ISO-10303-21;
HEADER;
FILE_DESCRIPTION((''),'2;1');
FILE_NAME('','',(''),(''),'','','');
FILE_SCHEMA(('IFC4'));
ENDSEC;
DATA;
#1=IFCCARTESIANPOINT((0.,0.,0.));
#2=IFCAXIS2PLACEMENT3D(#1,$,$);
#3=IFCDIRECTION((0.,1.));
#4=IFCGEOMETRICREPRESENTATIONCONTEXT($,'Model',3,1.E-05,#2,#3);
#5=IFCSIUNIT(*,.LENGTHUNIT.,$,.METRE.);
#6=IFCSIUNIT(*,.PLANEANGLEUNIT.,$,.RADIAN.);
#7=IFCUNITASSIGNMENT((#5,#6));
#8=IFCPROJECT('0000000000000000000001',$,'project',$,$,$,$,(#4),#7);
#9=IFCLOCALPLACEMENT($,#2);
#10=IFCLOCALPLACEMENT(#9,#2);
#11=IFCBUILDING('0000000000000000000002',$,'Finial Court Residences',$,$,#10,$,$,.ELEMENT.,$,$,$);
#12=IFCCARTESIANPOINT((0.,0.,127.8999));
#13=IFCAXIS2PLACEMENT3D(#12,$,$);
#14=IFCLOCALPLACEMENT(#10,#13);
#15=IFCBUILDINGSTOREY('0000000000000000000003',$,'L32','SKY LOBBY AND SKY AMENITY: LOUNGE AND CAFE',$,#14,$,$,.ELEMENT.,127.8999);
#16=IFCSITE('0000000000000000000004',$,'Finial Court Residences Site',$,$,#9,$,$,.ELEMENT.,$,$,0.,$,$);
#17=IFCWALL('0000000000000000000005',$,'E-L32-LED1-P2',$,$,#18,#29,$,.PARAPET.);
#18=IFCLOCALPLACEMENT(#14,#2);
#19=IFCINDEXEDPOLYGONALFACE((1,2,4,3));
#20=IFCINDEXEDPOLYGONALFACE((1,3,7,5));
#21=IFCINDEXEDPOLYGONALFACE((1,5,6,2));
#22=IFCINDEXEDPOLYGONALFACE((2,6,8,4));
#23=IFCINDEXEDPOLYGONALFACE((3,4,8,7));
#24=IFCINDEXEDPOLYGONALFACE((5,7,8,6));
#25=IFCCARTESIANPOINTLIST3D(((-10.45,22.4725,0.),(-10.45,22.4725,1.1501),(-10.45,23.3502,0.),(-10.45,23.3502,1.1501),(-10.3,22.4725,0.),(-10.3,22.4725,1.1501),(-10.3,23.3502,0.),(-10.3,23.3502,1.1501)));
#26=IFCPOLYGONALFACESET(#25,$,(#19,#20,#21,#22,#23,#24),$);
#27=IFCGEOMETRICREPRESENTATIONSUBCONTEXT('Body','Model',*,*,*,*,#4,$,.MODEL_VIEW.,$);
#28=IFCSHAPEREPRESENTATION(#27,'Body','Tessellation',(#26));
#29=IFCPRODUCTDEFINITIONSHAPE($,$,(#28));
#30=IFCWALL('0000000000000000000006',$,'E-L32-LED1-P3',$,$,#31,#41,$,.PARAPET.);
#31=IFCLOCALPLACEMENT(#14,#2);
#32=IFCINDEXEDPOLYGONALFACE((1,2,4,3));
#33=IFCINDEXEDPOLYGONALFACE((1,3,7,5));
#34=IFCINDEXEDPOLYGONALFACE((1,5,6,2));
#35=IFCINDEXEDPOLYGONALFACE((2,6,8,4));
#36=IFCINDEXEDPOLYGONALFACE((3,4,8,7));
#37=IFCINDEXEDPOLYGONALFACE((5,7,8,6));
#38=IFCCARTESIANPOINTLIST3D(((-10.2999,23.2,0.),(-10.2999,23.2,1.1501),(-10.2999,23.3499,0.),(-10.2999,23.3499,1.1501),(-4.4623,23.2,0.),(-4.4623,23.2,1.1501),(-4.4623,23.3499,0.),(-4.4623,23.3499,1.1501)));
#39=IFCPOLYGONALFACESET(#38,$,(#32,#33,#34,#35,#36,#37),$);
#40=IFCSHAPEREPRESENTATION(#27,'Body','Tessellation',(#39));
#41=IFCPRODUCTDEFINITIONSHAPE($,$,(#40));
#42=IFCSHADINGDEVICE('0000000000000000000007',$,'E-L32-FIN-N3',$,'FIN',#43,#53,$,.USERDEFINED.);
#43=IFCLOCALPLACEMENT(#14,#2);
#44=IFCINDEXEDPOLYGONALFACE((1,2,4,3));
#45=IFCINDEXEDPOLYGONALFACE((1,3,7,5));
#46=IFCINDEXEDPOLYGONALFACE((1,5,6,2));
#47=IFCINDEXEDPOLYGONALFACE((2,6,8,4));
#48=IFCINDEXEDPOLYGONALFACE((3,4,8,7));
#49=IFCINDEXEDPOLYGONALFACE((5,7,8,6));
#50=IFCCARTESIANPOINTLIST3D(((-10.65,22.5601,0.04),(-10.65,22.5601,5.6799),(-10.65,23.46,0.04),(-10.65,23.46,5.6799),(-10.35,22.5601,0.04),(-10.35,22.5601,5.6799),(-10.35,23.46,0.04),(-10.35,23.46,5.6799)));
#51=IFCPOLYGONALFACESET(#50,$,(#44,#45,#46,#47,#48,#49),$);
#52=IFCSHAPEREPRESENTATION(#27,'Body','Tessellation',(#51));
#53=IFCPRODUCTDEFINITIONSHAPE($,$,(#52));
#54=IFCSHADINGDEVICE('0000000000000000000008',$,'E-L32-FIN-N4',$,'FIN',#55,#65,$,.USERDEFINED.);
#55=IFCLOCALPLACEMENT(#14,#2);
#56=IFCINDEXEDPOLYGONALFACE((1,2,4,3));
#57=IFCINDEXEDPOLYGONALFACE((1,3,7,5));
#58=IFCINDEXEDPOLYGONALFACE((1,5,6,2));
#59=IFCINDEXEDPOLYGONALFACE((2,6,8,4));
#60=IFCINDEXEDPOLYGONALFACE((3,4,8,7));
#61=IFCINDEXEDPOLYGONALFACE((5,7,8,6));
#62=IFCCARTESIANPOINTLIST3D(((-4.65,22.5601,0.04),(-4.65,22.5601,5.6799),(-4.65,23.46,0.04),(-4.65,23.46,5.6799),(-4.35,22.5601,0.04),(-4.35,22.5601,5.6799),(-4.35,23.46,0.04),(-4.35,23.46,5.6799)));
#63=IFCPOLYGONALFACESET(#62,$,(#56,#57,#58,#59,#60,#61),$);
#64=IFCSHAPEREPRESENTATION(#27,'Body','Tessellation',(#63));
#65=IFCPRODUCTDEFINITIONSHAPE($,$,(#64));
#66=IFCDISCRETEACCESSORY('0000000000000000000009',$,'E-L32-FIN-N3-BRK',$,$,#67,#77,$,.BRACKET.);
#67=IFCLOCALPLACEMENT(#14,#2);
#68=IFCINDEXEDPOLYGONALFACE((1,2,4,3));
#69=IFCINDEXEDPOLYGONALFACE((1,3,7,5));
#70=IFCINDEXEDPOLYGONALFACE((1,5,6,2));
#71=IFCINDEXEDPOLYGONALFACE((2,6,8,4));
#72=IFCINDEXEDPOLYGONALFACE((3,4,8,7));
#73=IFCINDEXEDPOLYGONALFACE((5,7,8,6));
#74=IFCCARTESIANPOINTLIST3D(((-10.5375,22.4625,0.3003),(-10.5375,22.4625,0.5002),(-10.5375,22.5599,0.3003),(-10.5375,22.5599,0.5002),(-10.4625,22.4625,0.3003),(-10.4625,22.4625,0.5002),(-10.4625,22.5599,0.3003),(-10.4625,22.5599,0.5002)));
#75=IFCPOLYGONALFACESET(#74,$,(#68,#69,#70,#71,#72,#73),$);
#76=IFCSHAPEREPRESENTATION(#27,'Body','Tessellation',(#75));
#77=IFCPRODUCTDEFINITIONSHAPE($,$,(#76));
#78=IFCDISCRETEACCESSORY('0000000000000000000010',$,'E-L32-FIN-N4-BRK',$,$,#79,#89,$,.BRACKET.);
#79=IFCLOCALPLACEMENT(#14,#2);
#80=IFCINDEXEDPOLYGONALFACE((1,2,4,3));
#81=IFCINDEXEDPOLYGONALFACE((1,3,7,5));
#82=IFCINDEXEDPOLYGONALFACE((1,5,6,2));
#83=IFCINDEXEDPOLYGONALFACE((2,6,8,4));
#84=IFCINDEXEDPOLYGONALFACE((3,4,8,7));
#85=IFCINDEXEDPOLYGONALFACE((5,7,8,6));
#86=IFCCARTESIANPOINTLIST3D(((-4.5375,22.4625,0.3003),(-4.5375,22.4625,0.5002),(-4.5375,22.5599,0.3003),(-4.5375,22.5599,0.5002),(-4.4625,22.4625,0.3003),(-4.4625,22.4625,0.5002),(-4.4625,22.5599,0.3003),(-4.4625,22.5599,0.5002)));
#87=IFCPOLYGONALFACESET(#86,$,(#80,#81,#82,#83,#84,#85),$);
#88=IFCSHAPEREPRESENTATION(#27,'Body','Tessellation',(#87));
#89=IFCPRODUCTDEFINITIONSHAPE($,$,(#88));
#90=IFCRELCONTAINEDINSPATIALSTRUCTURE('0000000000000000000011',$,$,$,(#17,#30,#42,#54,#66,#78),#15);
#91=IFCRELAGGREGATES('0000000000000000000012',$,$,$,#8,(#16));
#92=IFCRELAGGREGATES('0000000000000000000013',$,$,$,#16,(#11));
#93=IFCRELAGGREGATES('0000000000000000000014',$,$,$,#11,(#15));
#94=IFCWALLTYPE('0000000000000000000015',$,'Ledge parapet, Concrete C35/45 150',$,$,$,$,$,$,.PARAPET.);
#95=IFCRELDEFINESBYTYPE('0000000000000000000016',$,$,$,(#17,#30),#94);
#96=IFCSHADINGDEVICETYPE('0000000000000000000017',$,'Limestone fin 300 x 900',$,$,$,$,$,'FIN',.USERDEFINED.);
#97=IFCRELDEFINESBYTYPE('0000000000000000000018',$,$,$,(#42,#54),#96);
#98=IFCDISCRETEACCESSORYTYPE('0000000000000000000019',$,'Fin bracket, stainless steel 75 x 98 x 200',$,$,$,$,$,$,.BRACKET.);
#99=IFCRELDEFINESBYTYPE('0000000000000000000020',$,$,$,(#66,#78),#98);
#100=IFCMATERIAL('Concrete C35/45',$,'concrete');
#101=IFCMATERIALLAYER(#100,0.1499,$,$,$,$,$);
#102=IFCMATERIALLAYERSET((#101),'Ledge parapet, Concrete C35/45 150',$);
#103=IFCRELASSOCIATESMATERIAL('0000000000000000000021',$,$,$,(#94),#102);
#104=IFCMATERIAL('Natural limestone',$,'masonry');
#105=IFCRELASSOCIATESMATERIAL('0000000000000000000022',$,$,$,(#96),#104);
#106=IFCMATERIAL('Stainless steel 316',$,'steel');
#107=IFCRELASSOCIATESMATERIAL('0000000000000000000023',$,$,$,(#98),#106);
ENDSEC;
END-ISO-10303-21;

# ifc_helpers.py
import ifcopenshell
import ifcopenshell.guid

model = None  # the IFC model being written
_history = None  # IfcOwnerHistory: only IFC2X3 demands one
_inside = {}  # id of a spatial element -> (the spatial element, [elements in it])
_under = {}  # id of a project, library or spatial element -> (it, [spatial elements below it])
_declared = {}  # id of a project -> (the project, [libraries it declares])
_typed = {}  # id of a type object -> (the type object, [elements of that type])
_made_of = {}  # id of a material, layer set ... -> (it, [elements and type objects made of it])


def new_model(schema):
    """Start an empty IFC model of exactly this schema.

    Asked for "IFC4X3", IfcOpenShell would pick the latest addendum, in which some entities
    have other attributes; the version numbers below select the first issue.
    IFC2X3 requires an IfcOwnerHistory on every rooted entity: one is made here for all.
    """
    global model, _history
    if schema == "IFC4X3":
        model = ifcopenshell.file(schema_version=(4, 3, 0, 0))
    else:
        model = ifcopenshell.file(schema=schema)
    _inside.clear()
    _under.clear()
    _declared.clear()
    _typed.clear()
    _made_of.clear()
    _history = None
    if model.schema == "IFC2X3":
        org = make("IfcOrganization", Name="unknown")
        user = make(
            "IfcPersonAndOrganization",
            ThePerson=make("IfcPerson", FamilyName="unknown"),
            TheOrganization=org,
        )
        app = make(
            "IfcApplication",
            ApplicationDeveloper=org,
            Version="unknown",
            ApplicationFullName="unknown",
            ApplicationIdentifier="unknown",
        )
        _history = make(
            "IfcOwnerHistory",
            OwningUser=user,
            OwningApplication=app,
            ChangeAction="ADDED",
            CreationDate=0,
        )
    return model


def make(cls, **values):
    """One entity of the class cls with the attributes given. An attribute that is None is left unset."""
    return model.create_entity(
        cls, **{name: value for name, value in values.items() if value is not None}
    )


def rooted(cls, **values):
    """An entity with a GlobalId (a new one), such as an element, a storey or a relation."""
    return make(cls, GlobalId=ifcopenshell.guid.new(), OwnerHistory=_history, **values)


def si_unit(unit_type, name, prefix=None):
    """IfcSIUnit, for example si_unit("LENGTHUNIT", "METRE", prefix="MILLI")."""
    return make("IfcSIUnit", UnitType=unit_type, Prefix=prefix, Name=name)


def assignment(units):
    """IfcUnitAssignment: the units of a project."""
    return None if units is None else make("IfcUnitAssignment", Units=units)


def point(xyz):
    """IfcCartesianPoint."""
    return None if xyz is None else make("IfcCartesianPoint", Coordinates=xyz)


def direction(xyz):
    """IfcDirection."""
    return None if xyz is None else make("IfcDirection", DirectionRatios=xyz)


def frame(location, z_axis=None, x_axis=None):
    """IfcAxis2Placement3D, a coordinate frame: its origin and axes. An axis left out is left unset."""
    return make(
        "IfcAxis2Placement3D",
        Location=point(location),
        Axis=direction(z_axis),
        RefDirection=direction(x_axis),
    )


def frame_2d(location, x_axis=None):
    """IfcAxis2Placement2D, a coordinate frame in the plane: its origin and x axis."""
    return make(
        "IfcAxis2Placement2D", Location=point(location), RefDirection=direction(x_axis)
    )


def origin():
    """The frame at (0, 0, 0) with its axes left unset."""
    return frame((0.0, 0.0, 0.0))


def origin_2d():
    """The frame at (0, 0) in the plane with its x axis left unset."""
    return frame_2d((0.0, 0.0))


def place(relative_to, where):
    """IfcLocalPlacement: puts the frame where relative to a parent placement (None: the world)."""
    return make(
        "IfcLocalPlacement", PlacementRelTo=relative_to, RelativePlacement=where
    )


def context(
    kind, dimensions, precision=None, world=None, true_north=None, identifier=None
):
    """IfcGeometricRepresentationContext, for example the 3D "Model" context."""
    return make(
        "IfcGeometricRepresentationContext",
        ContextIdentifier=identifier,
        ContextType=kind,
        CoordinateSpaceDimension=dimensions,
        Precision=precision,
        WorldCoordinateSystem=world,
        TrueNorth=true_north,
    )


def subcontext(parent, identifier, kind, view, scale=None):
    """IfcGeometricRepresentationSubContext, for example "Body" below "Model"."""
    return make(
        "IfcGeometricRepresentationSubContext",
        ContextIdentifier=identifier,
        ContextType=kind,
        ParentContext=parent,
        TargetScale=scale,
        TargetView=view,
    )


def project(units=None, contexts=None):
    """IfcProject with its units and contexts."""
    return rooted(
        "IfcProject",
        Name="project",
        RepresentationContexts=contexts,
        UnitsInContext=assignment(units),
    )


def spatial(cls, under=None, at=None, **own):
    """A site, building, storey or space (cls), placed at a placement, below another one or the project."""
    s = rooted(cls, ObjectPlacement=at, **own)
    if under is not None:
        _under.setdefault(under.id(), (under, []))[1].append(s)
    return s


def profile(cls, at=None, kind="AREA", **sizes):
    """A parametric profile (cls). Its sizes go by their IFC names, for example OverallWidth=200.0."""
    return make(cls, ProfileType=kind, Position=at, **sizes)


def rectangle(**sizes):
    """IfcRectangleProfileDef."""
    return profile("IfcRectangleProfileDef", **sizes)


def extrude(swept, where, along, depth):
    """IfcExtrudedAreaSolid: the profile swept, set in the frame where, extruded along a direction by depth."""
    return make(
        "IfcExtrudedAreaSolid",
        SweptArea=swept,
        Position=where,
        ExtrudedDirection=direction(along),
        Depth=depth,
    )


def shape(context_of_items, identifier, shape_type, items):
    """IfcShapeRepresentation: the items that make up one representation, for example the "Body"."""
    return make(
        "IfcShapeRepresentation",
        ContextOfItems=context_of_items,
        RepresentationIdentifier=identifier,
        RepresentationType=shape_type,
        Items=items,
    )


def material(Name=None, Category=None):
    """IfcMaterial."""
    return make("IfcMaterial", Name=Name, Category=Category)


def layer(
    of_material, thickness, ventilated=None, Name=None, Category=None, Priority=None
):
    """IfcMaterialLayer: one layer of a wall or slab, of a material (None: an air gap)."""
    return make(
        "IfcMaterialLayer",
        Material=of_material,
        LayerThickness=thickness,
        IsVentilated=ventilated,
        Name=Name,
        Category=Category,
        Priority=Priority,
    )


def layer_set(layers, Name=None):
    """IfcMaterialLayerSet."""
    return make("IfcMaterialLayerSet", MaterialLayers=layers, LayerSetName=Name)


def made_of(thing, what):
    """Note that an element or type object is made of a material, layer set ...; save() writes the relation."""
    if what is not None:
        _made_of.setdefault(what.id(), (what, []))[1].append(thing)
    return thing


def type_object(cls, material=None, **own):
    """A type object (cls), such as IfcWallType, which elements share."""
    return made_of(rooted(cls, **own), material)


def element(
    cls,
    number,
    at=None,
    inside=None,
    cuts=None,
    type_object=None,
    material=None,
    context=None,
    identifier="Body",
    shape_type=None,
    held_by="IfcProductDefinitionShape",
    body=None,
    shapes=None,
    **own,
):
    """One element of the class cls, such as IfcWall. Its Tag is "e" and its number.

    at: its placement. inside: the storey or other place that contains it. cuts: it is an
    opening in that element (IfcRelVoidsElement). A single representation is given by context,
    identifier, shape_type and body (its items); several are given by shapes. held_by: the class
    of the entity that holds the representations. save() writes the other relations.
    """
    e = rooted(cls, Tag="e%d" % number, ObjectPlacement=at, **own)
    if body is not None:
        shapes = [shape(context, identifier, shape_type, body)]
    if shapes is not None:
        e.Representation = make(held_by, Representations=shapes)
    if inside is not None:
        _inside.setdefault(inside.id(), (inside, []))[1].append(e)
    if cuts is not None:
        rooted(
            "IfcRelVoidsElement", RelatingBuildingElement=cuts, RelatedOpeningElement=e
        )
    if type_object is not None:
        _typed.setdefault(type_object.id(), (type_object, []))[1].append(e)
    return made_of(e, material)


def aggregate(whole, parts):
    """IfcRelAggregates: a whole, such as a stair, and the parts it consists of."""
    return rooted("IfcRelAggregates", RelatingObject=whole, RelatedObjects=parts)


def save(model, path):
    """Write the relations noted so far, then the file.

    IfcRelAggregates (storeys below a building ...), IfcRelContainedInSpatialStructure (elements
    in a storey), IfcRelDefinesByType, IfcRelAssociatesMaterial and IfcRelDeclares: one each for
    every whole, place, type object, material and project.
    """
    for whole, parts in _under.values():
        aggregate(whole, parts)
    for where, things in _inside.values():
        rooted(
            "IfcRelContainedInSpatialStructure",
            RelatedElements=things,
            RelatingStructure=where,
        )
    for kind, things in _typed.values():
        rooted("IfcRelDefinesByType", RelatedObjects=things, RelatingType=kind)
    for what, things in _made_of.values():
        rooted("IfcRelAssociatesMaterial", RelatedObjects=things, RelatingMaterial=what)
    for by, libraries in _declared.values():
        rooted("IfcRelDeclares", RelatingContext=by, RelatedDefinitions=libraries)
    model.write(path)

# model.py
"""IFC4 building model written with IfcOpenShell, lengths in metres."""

from ifc_helpers import new_model, si_unit, direction, frame, frame_2d, origin, origin_2d, place, context, subcontext, project, spatial, rectangle, extrude, material, layer, layer_set, type_object, element, save


model = new_model("IFC4")

# Units and contexts
model_context = context("Model", 3, precision=1e-05, world=origin(), true_north=direction((0.0, 1.0)))
body_context = subcontext(model_context, "Body", "Model", "MODEL_VIEW")
ifc_project = project(units=[si_unit("LENGTHUNIT", "METRE"), si_unit("PLANEANGLEUNIT", "RADIAN")], contexts=[model_context])

# Site, building, storey
site_placement = place(None, origin())
site = spatial("IfcSite", under=ifc_project, at=site_placement, Name="Finial Court Residences Site", CompositionType="ELEMENT", RefElevation=0.0)
building_placement = place(site_placement, origin())
building = spatial("IfcBuilding", under=site, at=building_placement, Name="Finial Court Residences", CompositionType="ELEMENT")
storey_placement = place(building_placement, frame((0.0, 0.0, 127.8999)))
storey = spatial("IfcBuildingStorey", under=building, at=storey_placement, Name="L32", Description="SKY LOBBY AND SKY AMENITY: LOUNGE AND CAFE", CompositionType="ELEMENT", Elevation=127.8999)

# Walls
ifc_material_1 = material(Name="Concrete C35/45", Category="concrete")
ifc_layer_1 = layer(ifc_material_1, 0.1499)
ifc_layer_set_1 = layer_set([ifc_layer_1], Name="Ledge parapet, Concrete C35/45 150")
wall_type = type_object("IfcWallType", Name="Ledge parapet, Concrete C35/45 150", PredefinedType="PARAPET", material=ifc_layer_set_1)
wall_1_placement = place(storey_placement, frame((-10.375, 22.4724, 0.0), z_axis=(0.0, 0.0, 1.0), x_axis=(0.0, 1.0, 0.0)))
element("IfcWall", 1, at=wall_1_placement, inside=storey, type_object=wall_type, Name="E-L32-LED1-P2", PredefinedType="PARAPET", context=body_context, shape_type="SweptSolid", body=[
    extrude(rectangle(XDim=0.8777, YDim=0.1499, at=frame_2d((0.439, 0.0))), origin(), (0.0, 0.0, 1.0), 1.1501),
])
wall_2_placement = place(storey_placement, frame((-10.3, 23.2749, 0.0), z_axis=(0.0, 0.0, 1.0), x_axis=(1.0, 0.0, 0.0)))
element("IfcWall", 2, at=wall_2_placement, inside=storey, type_object=wall_type, Name="E-L32-LED1-P3", PredefinedType="PARAPET", context=body_context, shape_type="SweptSolid", body=[
    extrude(rectangle(XDim=5.8376, YDim=0.1499, at=frame_2d((2.9189, 0.0))), origin(), (0.0, 0.0, 1.0), 1.1501),
])

# Shading devices
ifc_material_2 = material(Name="Natural limestone", Category="masonry")
shading_device_type = type_object("IfcShadingDeviceType", Name="Limestone fin 300 x 900", ElementType="FIN", PredefinedType="USERDEFINED", material=ifc_material_2)
for number, where, z_axis, x_axis, name in (
    (3, (-10.5, 23.01, 0.04), (0.0, 0.0, 1.0), (1.0, 0.0, 0.0), "E-L32-FIN-N3"),
    (4, (-4.5, 23.01, 0.04), (0.0, 0.0, 1.0), (1.0, 0.0, 0.0), "E-L32-FIN-N4"),
):
    element("IfcShadingDevice", number, at=place(storey_placement, frame(where, z_axis=z_axis, x_axis=x_axis)), inside=storey, type_object=shading_device_type, Name=name, ObjectType="FIN", PredefinedType="USERDEFINED", context=body_context, shape_type="SweptSolid", body=[
        extrude(rectangle(XDim=0.3, YDim=0.8999, at=origin_2d()), origin(), (0.0, 0.0, 1.0), 5.6399),
    ])

# Discrete accessories
ifc_material_3 = material(Name="Stainless steel 316", Category="steel")
discrete_accessory_type = type_object("IfcDiscreteAccessoryType", Name="Fin bracket, stainless steel 75 x 98 x 200", PredefinedType="BRACKET", material=ifc_material_3)
for number, where, z_axis, x_axis, name in (
    (5, (-10.5, 22.5112, 0.3003), (0.0, 0.0, 1.0), (1.0, 0.0, 0.0), "E-L32-FIN-N3-BRK"),
    (6, (-4.5, 22.5112, 0.3003), (0.0, 0.0, 1.0), (1.0, 0.0, 0.0), "E-L32-FIN-N4-BRK"),
):
    element("IfcDiscreteAccessory", number, at=place(storey_placement, frame(where, z_axis=z_axis, x_axis=x_axis)), inside=storey, type_object=discrete_accessory_type, Name=name, PredefinedType="BRACKET", context=body_context, shape_type="SweptSolid", body=[
        extrude(rectangle(XDim=0.075, YDim=0.0974, at=origin_2d()), origin(), (0.0, 0.0, 1.0), 0.2),
    ])

save(model, "model.ifc")
